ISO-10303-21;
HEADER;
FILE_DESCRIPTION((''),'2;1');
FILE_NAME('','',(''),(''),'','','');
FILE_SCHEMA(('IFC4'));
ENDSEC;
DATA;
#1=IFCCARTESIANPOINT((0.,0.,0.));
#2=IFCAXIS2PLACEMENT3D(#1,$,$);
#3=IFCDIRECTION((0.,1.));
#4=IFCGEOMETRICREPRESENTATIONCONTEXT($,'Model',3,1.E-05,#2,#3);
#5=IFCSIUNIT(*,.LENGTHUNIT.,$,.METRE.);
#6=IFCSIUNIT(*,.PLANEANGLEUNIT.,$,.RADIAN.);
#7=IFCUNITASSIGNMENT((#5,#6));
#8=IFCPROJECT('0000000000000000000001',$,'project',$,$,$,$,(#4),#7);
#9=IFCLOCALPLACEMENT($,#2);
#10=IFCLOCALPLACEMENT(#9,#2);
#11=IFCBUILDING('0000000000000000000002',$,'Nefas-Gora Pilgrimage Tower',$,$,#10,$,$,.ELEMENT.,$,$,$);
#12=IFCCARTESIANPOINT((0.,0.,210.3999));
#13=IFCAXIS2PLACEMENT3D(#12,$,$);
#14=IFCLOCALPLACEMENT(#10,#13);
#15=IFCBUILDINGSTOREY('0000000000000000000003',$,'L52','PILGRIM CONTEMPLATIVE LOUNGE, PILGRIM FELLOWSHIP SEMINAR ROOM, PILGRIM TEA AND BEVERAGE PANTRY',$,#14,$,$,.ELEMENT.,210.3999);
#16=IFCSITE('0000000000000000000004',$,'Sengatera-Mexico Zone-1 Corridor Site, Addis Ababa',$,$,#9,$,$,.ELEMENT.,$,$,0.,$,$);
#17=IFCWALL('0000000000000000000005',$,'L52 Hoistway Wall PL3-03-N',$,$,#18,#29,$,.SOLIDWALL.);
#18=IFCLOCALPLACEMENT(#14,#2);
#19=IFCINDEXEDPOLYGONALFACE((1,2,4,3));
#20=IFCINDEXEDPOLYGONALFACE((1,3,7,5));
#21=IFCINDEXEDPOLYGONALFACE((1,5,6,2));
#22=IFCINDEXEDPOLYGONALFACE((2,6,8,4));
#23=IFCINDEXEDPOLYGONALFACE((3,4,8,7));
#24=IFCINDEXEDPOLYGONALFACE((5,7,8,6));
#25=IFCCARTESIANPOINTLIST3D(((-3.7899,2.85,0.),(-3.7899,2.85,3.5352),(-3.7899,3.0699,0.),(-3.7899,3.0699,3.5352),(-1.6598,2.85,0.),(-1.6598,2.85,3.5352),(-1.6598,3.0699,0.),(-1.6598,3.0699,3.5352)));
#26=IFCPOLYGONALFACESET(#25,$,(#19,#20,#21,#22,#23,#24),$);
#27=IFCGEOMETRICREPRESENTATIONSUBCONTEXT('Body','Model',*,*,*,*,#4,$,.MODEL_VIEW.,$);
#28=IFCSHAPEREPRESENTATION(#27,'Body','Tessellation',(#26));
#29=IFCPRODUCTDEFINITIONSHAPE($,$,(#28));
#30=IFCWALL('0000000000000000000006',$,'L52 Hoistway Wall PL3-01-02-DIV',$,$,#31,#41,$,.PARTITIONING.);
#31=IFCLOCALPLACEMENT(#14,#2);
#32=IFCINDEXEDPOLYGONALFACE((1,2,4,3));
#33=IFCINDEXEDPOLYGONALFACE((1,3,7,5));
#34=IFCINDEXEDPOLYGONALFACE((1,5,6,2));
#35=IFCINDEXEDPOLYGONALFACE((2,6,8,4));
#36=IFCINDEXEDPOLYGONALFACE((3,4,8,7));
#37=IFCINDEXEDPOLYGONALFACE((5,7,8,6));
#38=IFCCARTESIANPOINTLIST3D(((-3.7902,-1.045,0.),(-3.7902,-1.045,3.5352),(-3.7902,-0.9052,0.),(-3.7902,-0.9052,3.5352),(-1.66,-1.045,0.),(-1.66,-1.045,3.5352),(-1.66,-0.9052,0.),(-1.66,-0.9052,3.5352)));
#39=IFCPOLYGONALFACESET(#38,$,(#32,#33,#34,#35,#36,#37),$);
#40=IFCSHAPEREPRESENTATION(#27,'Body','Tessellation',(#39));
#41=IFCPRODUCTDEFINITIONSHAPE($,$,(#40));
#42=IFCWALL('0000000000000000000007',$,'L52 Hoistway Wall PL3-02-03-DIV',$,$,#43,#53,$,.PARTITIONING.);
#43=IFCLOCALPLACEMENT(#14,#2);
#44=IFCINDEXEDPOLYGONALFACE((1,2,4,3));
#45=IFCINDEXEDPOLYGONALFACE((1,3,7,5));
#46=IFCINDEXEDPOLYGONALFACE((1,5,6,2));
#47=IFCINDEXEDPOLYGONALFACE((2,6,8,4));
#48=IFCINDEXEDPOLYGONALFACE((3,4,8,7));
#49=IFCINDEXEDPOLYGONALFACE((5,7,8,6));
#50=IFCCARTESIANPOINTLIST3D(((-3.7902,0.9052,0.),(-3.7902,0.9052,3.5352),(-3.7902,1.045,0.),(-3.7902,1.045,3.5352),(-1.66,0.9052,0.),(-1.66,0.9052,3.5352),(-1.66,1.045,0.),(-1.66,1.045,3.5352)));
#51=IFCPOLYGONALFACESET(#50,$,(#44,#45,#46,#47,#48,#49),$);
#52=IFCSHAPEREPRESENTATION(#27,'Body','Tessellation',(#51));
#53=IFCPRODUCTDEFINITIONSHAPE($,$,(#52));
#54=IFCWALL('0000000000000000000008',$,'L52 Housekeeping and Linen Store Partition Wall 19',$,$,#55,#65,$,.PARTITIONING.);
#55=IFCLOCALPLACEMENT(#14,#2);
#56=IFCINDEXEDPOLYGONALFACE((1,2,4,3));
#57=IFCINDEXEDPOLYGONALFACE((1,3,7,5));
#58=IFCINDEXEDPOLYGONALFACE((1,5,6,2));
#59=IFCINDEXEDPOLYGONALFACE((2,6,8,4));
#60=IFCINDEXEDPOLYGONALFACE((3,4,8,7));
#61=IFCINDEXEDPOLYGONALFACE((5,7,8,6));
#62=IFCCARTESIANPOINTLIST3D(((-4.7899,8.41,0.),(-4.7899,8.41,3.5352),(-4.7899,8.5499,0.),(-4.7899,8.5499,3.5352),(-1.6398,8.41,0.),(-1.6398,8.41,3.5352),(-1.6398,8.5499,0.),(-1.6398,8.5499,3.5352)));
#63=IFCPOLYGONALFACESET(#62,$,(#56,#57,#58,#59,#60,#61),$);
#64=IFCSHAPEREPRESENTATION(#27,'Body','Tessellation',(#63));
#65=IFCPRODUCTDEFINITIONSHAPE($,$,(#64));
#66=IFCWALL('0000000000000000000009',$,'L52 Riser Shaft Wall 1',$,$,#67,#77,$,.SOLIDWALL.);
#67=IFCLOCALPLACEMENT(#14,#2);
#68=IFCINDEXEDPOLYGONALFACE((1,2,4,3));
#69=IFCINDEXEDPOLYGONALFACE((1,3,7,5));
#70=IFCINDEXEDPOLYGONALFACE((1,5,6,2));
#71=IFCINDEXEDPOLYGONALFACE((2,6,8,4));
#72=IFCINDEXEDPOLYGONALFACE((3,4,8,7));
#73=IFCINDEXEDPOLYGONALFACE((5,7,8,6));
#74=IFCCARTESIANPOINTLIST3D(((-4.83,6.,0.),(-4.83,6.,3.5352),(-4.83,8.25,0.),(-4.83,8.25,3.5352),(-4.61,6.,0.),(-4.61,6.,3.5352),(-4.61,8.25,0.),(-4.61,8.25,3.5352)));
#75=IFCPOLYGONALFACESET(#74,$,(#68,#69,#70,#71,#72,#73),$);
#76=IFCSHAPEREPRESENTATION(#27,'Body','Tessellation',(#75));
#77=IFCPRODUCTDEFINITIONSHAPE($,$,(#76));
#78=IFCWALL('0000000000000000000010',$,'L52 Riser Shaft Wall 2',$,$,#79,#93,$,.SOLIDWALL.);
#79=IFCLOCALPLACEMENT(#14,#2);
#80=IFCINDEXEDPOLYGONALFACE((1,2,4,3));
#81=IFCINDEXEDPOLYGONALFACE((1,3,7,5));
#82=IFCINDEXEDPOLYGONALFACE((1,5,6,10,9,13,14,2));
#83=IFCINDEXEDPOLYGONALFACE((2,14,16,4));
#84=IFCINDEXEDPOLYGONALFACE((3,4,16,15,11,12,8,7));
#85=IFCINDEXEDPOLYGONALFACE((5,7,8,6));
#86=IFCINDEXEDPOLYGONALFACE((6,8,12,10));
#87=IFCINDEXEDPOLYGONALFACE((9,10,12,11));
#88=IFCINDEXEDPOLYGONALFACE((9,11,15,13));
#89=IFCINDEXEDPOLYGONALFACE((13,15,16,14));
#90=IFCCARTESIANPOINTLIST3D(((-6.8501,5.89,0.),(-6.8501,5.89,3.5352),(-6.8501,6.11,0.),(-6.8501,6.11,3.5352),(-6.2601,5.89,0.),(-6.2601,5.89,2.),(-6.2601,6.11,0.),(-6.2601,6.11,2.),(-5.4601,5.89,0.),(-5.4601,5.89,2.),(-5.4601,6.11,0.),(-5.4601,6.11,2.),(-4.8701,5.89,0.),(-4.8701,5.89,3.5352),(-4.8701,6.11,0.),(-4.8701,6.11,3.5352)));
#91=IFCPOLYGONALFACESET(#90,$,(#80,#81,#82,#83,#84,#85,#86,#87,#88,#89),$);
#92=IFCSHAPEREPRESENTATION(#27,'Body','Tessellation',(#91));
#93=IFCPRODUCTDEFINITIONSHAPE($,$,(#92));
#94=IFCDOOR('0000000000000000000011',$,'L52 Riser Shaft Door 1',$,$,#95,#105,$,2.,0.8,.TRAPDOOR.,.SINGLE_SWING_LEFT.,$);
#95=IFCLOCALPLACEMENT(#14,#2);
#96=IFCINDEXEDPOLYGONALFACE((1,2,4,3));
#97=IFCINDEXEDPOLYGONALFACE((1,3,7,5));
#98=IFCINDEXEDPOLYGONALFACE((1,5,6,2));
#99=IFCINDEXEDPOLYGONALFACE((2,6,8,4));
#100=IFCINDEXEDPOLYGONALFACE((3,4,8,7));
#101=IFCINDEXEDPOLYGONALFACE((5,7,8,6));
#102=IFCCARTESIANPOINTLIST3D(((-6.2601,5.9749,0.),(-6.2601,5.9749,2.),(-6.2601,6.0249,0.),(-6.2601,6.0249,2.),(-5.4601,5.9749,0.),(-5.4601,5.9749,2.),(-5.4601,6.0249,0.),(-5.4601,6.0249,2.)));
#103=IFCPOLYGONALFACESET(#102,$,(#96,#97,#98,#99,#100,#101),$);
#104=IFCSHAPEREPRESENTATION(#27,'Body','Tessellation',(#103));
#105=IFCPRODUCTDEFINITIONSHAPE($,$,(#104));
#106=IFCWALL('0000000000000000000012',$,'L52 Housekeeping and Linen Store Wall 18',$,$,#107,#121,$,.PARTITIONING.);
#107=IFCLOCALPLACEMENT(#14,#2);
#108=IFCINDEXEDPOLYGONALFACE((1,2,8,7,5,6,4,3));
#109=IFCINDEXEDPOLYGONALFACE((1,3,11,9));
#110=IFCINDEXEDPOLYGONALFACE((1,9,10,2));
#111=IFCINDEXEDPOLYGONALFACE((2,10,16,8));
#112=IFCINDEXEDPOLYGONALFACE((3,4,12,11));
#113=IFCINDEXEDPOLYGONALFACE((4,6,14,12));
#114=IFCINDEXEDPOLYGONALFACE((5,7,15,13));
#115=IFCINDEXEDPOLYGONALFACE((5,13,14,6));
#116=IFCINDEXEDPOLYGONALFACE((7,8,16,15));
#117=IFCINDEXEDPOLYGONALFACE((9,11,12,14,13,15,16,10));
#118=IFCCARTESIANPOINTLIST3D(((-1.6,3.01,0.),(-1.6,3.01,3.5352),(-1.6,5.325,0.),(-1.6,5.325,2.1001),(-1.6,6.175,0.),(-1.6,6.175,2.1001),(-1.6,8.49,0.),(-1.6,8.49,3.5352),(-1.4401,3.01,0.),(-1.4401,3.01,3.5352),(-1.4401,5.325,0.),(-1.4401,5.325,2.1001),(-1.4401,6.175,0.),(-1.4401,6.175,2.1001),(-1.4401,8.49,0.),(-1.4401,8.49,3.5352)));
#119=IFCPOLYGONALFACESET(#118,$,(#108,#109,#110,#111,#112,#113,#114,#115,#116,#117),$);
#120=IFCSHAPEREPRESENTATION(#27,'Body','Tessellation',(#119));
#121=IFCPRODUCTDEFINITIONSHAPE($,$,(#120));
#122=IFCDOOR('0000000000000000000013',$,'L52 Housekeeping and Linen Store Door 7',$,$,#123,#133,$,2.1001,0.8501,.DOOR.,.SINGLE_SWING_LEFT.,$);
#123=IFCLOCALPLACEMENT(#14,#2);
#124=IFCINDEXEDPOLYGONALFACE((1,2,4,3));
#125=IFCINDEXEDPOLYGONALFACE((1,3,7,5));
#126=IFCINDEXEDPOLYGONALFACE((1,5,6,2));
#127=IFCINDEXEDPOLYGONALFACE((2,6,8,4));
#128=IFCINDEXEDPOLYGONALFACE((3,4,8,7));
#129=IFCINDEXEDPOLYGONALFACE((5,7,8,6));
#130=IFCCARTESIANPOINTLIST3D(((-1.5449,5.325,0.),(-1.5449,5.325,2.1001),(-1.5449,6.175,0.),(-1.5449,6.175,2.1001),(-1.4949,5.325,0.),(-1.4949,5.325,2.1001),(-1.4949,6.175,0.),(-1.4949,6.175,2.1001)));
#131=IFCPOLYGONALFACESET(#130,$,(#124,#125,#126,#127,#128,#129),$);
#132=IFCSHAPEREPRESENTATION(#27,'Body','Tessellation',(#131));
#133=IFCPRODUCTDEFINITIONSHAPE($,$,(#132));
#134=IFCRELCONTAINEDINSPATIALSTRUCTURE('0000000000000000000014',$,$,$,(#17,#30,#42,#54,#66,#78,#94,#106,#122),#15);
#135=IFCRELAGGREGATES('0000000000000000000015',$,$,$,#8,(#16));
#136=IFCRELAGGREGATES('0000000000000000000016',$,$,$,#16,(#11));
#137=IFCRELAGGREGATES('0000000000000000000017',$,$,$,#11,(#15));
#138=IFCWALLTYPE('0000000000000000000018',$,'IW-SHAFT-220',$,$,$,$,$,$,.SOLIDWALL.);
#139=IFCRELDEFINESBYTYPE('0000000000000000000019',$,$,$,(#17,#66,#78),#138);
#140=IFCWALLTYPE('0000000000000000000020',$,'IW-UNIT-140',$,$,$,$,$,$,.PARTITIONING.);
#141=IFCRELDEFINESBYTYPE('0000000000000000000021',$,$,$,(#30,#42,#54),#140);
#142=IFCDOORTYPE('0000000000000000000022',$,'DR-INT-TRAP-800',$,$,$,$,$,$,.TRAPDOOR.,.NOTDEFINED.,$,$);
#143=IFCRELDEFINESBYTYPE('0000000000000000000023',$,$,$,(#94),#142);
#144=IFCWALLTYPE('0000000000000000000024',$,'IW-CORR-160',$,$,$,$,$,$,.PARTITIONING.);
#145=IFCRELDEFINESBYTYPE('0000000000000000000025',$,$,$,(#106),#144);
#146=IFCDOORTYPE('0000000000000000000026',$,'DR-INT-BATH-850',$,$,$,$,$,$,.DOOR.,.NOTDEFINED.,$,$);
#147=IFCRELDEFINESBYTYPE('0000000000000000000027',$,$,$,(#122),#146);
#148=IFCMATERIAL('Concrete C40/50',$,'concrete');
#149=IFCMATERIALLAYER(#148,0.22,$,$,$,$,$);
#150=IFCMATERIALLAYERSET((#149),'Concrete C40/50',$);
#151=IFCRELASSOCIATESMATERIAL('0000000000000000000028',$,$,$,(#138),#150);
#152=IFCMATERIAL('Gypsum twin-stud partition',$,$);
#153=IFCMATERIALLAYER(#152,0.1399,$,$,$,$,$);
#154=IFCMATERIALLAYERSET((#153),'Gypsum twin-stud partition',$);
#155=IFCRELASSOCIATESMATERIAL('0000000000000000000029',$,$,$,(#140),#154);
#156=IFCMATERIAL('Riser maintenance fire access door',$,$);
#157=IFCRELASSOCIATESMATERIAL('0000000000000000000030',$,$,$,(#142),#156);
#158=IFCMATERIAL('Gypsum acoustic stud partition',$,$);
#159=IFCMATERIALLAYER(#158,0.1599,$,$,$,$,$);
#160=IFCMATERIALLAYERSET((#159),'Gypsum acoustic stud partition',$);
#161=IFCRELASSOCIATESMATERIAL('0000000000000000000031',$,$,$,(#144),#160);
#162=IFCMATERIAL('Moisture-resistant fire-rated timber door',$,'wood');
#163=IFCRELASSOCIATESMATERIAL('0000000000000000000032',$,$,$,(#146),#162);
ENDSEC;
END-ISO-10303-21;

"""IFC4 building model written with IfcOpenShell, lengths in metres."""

from ifc_helpers import new_model, si_unit, direction, frame, frame_2d, origin, place, context, subcontext, project, spatial, rectangle, extrude, source, transform, mapped, material, layer, layer_set, type_object, element, fill, save


model = new_model("IFC4")

# Units and contexts
model_context = context("Model", 3, precision=1e-05, world=origin(), true_north=direction((0.0, 1.0)))
body_context = subcontext(model_context, "Body", "Model", "MODEL_VIEW")
ifc_project = project(units=[si_unit("LENGTHUNIT", "METRE"), si_unit("PLANEANGLEUNIT", "RADIAN")], contexts=[model_context])

# Site, building, storey
site_placement = place(None, origin())
site = spatial("IfcSite", under=ifc_project, at=site_placement, Name="Sengatera-Mexico Zone-1 Corridor Site, Addis Ababa", CompositionType="ELEMENT", RefElevation=0.0)
building_placement = place(site_placement, origin())
building = spatial("IfcBuilding", under=site, at=building_placement, Name="Nefas-Gora Pilgrimage Tower", CompositionType="ELEMENT")
storey_placement = place(building_placement, frame((0.0, 0.0, 210.3999)))
storey = spatial("IfcBuildingStorey", under=building, at=storey_placement, Name="L52", Description="PILGRIM CONTEMPLATIVE LOUNGE, PILGRIM FELLOWSHIP SEMINAR ROOM, PILGRIM TEA AND BEVERAGE PANTRY", CompositionType="ELEMENT", Elevation=210.3999)

# Shared definitions
ifc_material_1 = material(Name="Concrete C40/50", Category="concrete")

# Shared definitions
ifc_layer_1 = layer(ifc_material_1, 0.22)
ifc_layer_set_1 = layer_set([ifc_layer_1], Name="Concrete C40/50")
wall_type_1 = type_object("IfcWallType", Name="IW-SHAFT-220", PredefinedType="SOLIDWALL", material=ifc_layer_set_1)

# Walls
shared_shape_1 = source(origin(), body_context, "Body", "SweptSolid", [
    extrude(rectangle(XDim=2.1301, YDim=0.22, at=frame_2d((1.0649, 0.0))), origin(), (0.0, 0.0, 1.0), 3.5352),
])
wall_1_placement = place(storey_placement, frame((-1.6599, 2.96, 0.0), z_axis=(0.0, 0.0, 1.0), x_axis=(-1.0, 0.0, 0.0)))
element("IfcWall", 1, at=wall_1_placement, inside=storey, type_object=wall_type_1, Name="L52 Hoistway Wall PL3-03-N", PredefinedType="SOLIDWALL", context=body_context, shape_type="MappedRepresentation", body=[
    mapped(shared_shape_1, transform((0.0, 0.0, 0.0), x_axis=(1.0, 0.0, 0.0), y_axis=(0.0, 1.0, 0.0), z_axis=(0.0, 0.0, 1.0), scale=1.0)),
])
ifc_material_2 = material(Name="Gypsum twin-stud partition")
ifc_layer_2 = layer(ifc_material_2, 0.1399)
ifc_layer_set_2 = layer_set([ifc_layer_2], Name="Gypsum twin-stud partition")
wall_type_2 = type_object("IfcWallType", Name="IW-UNIT-140", PredefinedType="PARTITIONING", material=ifc_layer_set_2)
shared_shape_2 = source(origin(), body_context, "Body", "SweptSolid", [
    extrude(rectangle(XDim=2.1301, YDim=0.1399, at=frame_2d((1.0649, 0.0))), origin(), (0.0, 0.0, 1.0), 3.5352),
])
for number, where, z_axis, x_axis, name in (
    (2, (-3.79, -0.9751, 0.0), (0.0, 0.0, 1.0), (1.0, 0.0, 0.0), "L52 Hoistway Wall PL3-01-02-DIV"),
    (3, (-3.79, 0.9751, 0.0), (0.0, 0.0, 1.0), (1.0, 0.0, 0.0), "L52 Hoistway Wall PL3-02-03-DIV"),
):
    element("IfcWall", number, at=place(storey_placement, frame(where, z_axis=z_axis, x_axis=x_axis)), inside=storey, type_object=wall_type_2, Name=name, PredefinedType="PARTITIONING", context=body_context, shape_type="MappedRepresentation", body=[
        mapped(shared_shape_2, transform((0.0, 0.0, 0.0), x_axis=(1.0, 0.0, 0.0), y_axis=(0.0, 1.0, 0.0), z_axis=(0.0, 0.0, 1.0), scale=1.0)),
    ])
shared_shape_3 = source(origin(), body_context, "Body", "SweptSolid", [
    extrude(rectangle(XDim=3.1501, YDim=0.1399, at=frame_2d((1.5752, 0.0))), origin(), (0.0, 0.0, 1.0), 3.5352),
])
wall_2_placement = place(storey_placement, frame((-4.79, 8.48, 0.0), z_axis=(0.0, 0.0, 1.0), x_axis=(1.0, 0.0, 0.0)))
element("IfcWall", 4, at=wall_2_placement, inside=storey, type_object=wall_type_2, Name="L52 Housekeeping and Linen Store Partition Wall 19", PredefinedType="PARTITIONING", context=body_context, shape_type="MappedRepresentation", body=[
    mapped(shared_shape_3, transform((0.0, 0.0, 0.0), x_axis=(1.0, 0.0, 0.0), y_axis=(0.0, 1.0, 0.0), z_axis=(0.0, 0.0, 1.0), scale=1.0)),
])
shared_shape_4 = source(origin(), body_context, "Body", "SweptSolid", [
    extrude(rectangle(XDim=2.25, YDim=0.22, at=frame_2d((1.125, 0.0))), origin(), (0.0, 0.0, 1.0), 3.5352),
])
wall_3_placement = place(storey_placement, frame((-4.72, 6.0, 0.0), z_axis=(0.0, 0.0, 1.0), x_axis=(0.0, 1.0, 0.0)))
element("IfcWall", 5, at=wall_3_placement, inside=storey, type_object=wall_type_1, Name="L52 Riser Shaft Wall 1", PredefinedType="SOLIDWALL", context=body_context, shape_type="MappedRepresentation", body=[
    mapped(shared_shape_4, transform((0.0, 0.0, 0.0), x_axis=(1.0, 0.0, 0.0), y_axis=(0.0, 1.0, 0.0), z_axis=(0.0, 0.0, 1.0), scale=1.0)),
])

# Walls, openings, doors
shared_shape_5 = source(origin(), body_context, "Body", "SweptSolid", [
    extrude(rectangle(XDim=1.98, YDim=0.22, at=frame_2d((0.99, 0.0))), origin(), (0.0, 0.0, 1.0), 3.5352),
])
wall_4_placement = place(storey_placement, frame((-6.8501, 6.0, 0.0), z_axis=(0.0, 0.0, 1.0), x_axis=(1.0, 0.0, 0.0)))
wall_4 = element("IfcWall", 6, at=wall_4_placement, inside=storey, type_object=wall_type_1, Name="L52 Riser Shaft Wall 2", PredefinedType="SOLIDWALL", context=body_context, shape_type="MappedRepresentation", body=[
    mapped(shared_shape_5, transform((0.0, 0.0, 0.0), x_axis=(1.0, 0.0, 0.0), y_axis=(0.0, 1.0, 0.0), z_axis=(0.0, 0.0, 1.0), scale=1.0)),
])
opening_1_placement = place(wall_4_placement, frame((0.5901, 0.0, 0.0)))
opening_1 = element("IfcOpeningElement", 7, at=opening_1_placement, cuts=wall_4, PredefinedType="OPENING", context=body_context, shape_type="SweptSolid", body=[
    extrude(rectangle(XDim=0.8, YDim=2.0, at=frame_2d((0.3999, 1.0))), frame((0.0, 0.1199, 0.0), z_axis=(0.0, -1.0, 0.0), x_axis=(1.0, 0.0, 0.0)), (0.0, 0.0, 1.0), 0.24),
])
ifc_material_3 = material(Name="Riser maintenance fire access door")
door_type_1 = type_object("IfcDoorType", Name="DR-INT-TRAP-800", OperationType="NOTDEFINED", PredefinedType="TRAPDOOR", material=ifc_material_3)
shared_shape_6 = source(origin(), body_context, "Body", "SweptSolid", [
    extrude(rectangle(XDim=0.8, YDim=2.0, at=frame_2d((0.3999, 1.0))), frame((0.0, 0.0249, 0.0), z_axis=(0.0, -1.0, 0.0), x_axis=(1.0, 0.0, 0.0)), (0.0, 0.0, 1.0), 0.05),
])
door_1_placement = place(opening_1_placement, origin())
door_1 = element("IfcDoor", 8, at=door_1_placement, inside=storey, type_object=door_type_1, Name="L52 Riser Shaft Door 1", OperationType="SINGLE_SWING_LEFT", OverallHeight=2.0, OverallWidth=0.8, PredefinedType="TRAPDOOR", context=body_context, shape_type="MappedRepresentation", body=[
    mapped(shared_shape_6, transform((0.0, 0.0, 0.0), x_axis=(1.0, 0.0, 0.0), y_axis=(0.0, 1.0, 0.0), z_axis=(0.0, 0.0, 1.0), scale=1.0)),
])
fill(opening_1, door_1)
ifc_material_4 = material(Name="Gypsum acoustic stud partition")
ifc_layer_3 = layer(ifc_material_4, 0.1599)
ifc_layer_set_3 = layer_set([ifc_layer_3], Name="Gypsum acoustic stud partition")
wall_type_3 = type_object("IfcWallType", Name="IW-CORR-160", PredefinedType="PARTITIONING", material=ifc_layer_set_3)
shared_shape_7 = source(origin(), body_context, "Body", "SweptSolid", [
    extrude(rectangle(XDim=5.48, YDim=0.1599, at=frame_2d((2.74, 0.0))), origin(), (0.0, 0.0, 1.0), 3.5352),
])
wall_5_placement = place(storey_placement, frame((-1.52, 3.01, 0.0), z_axis=(0.0, 0.0, 1.0), x_axis=(0.0, 1.0, 0.0)))
wall_5 = element("IfcWall", 9, at=wall_5_placement, inside=storey, type_object=wall_type_3, Name="L52 Housekeeping and Linen Store Wall 18", PredefinedType="PARTITIONING", context=body_context, shape_type="MappedRepresentation", body=[
    mapped(shared_shape_7, transform((0.0, 0.0, 0.0), x_axis=(1.0, 0.0, 0.0), y_axis=(0.0, 1.0, 0.0), z_axis=(0.0, 0.0, 1.0), scale=1.0)),
])
opening_2_placement = place(wall_5_placement, frame((2.3149, 0.0, 0.0)))
opening_2 = element("IfcOpeningElement", 10, at=opening_2_placement, cuts=wall_5, PredefinedType="OPENING", context=body_context, shape_type="SweptSolid", body=[
    extrude(rectangle(XDim=0.8501, YDim=2.1001, at=frame_2d((0.425, 1.05))), frame((0.0, 0.0898, 0.0), z_axis=(0.0, -1.0, 0.0), x_axis=(1.0, 0.0, 0.0)), (0.0, 0.0, 1.0), 0.1799),
])
ifc_material_5 = material(Name="Moisture-resistant fire-rated timber door", Category="wood")
door_type_2 = type_object("IfcDoorType", Name="DR-INT-BATH-850", OperationType="NOTDEFINED", PredefinedType="DOOR", material=ifc_material_5)
shared_shape_8 = source(origin(), body_context, "Body", "SweptSolid", [
    extrude(rectangle(XDim=0.8501, YDim=2.1001, at=frame_2d((0.425, 1.05))), frame((0.0, 0.0249, 0.0), z_axis=(0.0, -1.0, 0.0), x_axis=(1.0, 0.0, 0.0)), (0.0, 0.0, 1.0), 0.05),
])
door_2_placement = place(opening_2_placement, origin())
door_2 = element("IfcDoor", 11, at=door_2_placement, inside=storey, type_object=door_type_2, Name="L52 Housekeeping and Linen Store Door 7", OperationType="SINGLE_SWING_LEFT", OverallHeight=2.1001, OverallWidth=0.8501, PredefinedType="DOOR", context=body_context, shape_type="MappedRepresentation", body=[
    mapped(shared_shape_8, transform((0.0, 0.0, 0.0), x_axis=(1.0, 0.0, 0.0), y_axis=(0.0, 1.0, 0.0), z_axis=(0.0, 0.0, 1.0), scale=1.0)),
])
fill(opening_2, door_2)

save(model, "model.ifc")
